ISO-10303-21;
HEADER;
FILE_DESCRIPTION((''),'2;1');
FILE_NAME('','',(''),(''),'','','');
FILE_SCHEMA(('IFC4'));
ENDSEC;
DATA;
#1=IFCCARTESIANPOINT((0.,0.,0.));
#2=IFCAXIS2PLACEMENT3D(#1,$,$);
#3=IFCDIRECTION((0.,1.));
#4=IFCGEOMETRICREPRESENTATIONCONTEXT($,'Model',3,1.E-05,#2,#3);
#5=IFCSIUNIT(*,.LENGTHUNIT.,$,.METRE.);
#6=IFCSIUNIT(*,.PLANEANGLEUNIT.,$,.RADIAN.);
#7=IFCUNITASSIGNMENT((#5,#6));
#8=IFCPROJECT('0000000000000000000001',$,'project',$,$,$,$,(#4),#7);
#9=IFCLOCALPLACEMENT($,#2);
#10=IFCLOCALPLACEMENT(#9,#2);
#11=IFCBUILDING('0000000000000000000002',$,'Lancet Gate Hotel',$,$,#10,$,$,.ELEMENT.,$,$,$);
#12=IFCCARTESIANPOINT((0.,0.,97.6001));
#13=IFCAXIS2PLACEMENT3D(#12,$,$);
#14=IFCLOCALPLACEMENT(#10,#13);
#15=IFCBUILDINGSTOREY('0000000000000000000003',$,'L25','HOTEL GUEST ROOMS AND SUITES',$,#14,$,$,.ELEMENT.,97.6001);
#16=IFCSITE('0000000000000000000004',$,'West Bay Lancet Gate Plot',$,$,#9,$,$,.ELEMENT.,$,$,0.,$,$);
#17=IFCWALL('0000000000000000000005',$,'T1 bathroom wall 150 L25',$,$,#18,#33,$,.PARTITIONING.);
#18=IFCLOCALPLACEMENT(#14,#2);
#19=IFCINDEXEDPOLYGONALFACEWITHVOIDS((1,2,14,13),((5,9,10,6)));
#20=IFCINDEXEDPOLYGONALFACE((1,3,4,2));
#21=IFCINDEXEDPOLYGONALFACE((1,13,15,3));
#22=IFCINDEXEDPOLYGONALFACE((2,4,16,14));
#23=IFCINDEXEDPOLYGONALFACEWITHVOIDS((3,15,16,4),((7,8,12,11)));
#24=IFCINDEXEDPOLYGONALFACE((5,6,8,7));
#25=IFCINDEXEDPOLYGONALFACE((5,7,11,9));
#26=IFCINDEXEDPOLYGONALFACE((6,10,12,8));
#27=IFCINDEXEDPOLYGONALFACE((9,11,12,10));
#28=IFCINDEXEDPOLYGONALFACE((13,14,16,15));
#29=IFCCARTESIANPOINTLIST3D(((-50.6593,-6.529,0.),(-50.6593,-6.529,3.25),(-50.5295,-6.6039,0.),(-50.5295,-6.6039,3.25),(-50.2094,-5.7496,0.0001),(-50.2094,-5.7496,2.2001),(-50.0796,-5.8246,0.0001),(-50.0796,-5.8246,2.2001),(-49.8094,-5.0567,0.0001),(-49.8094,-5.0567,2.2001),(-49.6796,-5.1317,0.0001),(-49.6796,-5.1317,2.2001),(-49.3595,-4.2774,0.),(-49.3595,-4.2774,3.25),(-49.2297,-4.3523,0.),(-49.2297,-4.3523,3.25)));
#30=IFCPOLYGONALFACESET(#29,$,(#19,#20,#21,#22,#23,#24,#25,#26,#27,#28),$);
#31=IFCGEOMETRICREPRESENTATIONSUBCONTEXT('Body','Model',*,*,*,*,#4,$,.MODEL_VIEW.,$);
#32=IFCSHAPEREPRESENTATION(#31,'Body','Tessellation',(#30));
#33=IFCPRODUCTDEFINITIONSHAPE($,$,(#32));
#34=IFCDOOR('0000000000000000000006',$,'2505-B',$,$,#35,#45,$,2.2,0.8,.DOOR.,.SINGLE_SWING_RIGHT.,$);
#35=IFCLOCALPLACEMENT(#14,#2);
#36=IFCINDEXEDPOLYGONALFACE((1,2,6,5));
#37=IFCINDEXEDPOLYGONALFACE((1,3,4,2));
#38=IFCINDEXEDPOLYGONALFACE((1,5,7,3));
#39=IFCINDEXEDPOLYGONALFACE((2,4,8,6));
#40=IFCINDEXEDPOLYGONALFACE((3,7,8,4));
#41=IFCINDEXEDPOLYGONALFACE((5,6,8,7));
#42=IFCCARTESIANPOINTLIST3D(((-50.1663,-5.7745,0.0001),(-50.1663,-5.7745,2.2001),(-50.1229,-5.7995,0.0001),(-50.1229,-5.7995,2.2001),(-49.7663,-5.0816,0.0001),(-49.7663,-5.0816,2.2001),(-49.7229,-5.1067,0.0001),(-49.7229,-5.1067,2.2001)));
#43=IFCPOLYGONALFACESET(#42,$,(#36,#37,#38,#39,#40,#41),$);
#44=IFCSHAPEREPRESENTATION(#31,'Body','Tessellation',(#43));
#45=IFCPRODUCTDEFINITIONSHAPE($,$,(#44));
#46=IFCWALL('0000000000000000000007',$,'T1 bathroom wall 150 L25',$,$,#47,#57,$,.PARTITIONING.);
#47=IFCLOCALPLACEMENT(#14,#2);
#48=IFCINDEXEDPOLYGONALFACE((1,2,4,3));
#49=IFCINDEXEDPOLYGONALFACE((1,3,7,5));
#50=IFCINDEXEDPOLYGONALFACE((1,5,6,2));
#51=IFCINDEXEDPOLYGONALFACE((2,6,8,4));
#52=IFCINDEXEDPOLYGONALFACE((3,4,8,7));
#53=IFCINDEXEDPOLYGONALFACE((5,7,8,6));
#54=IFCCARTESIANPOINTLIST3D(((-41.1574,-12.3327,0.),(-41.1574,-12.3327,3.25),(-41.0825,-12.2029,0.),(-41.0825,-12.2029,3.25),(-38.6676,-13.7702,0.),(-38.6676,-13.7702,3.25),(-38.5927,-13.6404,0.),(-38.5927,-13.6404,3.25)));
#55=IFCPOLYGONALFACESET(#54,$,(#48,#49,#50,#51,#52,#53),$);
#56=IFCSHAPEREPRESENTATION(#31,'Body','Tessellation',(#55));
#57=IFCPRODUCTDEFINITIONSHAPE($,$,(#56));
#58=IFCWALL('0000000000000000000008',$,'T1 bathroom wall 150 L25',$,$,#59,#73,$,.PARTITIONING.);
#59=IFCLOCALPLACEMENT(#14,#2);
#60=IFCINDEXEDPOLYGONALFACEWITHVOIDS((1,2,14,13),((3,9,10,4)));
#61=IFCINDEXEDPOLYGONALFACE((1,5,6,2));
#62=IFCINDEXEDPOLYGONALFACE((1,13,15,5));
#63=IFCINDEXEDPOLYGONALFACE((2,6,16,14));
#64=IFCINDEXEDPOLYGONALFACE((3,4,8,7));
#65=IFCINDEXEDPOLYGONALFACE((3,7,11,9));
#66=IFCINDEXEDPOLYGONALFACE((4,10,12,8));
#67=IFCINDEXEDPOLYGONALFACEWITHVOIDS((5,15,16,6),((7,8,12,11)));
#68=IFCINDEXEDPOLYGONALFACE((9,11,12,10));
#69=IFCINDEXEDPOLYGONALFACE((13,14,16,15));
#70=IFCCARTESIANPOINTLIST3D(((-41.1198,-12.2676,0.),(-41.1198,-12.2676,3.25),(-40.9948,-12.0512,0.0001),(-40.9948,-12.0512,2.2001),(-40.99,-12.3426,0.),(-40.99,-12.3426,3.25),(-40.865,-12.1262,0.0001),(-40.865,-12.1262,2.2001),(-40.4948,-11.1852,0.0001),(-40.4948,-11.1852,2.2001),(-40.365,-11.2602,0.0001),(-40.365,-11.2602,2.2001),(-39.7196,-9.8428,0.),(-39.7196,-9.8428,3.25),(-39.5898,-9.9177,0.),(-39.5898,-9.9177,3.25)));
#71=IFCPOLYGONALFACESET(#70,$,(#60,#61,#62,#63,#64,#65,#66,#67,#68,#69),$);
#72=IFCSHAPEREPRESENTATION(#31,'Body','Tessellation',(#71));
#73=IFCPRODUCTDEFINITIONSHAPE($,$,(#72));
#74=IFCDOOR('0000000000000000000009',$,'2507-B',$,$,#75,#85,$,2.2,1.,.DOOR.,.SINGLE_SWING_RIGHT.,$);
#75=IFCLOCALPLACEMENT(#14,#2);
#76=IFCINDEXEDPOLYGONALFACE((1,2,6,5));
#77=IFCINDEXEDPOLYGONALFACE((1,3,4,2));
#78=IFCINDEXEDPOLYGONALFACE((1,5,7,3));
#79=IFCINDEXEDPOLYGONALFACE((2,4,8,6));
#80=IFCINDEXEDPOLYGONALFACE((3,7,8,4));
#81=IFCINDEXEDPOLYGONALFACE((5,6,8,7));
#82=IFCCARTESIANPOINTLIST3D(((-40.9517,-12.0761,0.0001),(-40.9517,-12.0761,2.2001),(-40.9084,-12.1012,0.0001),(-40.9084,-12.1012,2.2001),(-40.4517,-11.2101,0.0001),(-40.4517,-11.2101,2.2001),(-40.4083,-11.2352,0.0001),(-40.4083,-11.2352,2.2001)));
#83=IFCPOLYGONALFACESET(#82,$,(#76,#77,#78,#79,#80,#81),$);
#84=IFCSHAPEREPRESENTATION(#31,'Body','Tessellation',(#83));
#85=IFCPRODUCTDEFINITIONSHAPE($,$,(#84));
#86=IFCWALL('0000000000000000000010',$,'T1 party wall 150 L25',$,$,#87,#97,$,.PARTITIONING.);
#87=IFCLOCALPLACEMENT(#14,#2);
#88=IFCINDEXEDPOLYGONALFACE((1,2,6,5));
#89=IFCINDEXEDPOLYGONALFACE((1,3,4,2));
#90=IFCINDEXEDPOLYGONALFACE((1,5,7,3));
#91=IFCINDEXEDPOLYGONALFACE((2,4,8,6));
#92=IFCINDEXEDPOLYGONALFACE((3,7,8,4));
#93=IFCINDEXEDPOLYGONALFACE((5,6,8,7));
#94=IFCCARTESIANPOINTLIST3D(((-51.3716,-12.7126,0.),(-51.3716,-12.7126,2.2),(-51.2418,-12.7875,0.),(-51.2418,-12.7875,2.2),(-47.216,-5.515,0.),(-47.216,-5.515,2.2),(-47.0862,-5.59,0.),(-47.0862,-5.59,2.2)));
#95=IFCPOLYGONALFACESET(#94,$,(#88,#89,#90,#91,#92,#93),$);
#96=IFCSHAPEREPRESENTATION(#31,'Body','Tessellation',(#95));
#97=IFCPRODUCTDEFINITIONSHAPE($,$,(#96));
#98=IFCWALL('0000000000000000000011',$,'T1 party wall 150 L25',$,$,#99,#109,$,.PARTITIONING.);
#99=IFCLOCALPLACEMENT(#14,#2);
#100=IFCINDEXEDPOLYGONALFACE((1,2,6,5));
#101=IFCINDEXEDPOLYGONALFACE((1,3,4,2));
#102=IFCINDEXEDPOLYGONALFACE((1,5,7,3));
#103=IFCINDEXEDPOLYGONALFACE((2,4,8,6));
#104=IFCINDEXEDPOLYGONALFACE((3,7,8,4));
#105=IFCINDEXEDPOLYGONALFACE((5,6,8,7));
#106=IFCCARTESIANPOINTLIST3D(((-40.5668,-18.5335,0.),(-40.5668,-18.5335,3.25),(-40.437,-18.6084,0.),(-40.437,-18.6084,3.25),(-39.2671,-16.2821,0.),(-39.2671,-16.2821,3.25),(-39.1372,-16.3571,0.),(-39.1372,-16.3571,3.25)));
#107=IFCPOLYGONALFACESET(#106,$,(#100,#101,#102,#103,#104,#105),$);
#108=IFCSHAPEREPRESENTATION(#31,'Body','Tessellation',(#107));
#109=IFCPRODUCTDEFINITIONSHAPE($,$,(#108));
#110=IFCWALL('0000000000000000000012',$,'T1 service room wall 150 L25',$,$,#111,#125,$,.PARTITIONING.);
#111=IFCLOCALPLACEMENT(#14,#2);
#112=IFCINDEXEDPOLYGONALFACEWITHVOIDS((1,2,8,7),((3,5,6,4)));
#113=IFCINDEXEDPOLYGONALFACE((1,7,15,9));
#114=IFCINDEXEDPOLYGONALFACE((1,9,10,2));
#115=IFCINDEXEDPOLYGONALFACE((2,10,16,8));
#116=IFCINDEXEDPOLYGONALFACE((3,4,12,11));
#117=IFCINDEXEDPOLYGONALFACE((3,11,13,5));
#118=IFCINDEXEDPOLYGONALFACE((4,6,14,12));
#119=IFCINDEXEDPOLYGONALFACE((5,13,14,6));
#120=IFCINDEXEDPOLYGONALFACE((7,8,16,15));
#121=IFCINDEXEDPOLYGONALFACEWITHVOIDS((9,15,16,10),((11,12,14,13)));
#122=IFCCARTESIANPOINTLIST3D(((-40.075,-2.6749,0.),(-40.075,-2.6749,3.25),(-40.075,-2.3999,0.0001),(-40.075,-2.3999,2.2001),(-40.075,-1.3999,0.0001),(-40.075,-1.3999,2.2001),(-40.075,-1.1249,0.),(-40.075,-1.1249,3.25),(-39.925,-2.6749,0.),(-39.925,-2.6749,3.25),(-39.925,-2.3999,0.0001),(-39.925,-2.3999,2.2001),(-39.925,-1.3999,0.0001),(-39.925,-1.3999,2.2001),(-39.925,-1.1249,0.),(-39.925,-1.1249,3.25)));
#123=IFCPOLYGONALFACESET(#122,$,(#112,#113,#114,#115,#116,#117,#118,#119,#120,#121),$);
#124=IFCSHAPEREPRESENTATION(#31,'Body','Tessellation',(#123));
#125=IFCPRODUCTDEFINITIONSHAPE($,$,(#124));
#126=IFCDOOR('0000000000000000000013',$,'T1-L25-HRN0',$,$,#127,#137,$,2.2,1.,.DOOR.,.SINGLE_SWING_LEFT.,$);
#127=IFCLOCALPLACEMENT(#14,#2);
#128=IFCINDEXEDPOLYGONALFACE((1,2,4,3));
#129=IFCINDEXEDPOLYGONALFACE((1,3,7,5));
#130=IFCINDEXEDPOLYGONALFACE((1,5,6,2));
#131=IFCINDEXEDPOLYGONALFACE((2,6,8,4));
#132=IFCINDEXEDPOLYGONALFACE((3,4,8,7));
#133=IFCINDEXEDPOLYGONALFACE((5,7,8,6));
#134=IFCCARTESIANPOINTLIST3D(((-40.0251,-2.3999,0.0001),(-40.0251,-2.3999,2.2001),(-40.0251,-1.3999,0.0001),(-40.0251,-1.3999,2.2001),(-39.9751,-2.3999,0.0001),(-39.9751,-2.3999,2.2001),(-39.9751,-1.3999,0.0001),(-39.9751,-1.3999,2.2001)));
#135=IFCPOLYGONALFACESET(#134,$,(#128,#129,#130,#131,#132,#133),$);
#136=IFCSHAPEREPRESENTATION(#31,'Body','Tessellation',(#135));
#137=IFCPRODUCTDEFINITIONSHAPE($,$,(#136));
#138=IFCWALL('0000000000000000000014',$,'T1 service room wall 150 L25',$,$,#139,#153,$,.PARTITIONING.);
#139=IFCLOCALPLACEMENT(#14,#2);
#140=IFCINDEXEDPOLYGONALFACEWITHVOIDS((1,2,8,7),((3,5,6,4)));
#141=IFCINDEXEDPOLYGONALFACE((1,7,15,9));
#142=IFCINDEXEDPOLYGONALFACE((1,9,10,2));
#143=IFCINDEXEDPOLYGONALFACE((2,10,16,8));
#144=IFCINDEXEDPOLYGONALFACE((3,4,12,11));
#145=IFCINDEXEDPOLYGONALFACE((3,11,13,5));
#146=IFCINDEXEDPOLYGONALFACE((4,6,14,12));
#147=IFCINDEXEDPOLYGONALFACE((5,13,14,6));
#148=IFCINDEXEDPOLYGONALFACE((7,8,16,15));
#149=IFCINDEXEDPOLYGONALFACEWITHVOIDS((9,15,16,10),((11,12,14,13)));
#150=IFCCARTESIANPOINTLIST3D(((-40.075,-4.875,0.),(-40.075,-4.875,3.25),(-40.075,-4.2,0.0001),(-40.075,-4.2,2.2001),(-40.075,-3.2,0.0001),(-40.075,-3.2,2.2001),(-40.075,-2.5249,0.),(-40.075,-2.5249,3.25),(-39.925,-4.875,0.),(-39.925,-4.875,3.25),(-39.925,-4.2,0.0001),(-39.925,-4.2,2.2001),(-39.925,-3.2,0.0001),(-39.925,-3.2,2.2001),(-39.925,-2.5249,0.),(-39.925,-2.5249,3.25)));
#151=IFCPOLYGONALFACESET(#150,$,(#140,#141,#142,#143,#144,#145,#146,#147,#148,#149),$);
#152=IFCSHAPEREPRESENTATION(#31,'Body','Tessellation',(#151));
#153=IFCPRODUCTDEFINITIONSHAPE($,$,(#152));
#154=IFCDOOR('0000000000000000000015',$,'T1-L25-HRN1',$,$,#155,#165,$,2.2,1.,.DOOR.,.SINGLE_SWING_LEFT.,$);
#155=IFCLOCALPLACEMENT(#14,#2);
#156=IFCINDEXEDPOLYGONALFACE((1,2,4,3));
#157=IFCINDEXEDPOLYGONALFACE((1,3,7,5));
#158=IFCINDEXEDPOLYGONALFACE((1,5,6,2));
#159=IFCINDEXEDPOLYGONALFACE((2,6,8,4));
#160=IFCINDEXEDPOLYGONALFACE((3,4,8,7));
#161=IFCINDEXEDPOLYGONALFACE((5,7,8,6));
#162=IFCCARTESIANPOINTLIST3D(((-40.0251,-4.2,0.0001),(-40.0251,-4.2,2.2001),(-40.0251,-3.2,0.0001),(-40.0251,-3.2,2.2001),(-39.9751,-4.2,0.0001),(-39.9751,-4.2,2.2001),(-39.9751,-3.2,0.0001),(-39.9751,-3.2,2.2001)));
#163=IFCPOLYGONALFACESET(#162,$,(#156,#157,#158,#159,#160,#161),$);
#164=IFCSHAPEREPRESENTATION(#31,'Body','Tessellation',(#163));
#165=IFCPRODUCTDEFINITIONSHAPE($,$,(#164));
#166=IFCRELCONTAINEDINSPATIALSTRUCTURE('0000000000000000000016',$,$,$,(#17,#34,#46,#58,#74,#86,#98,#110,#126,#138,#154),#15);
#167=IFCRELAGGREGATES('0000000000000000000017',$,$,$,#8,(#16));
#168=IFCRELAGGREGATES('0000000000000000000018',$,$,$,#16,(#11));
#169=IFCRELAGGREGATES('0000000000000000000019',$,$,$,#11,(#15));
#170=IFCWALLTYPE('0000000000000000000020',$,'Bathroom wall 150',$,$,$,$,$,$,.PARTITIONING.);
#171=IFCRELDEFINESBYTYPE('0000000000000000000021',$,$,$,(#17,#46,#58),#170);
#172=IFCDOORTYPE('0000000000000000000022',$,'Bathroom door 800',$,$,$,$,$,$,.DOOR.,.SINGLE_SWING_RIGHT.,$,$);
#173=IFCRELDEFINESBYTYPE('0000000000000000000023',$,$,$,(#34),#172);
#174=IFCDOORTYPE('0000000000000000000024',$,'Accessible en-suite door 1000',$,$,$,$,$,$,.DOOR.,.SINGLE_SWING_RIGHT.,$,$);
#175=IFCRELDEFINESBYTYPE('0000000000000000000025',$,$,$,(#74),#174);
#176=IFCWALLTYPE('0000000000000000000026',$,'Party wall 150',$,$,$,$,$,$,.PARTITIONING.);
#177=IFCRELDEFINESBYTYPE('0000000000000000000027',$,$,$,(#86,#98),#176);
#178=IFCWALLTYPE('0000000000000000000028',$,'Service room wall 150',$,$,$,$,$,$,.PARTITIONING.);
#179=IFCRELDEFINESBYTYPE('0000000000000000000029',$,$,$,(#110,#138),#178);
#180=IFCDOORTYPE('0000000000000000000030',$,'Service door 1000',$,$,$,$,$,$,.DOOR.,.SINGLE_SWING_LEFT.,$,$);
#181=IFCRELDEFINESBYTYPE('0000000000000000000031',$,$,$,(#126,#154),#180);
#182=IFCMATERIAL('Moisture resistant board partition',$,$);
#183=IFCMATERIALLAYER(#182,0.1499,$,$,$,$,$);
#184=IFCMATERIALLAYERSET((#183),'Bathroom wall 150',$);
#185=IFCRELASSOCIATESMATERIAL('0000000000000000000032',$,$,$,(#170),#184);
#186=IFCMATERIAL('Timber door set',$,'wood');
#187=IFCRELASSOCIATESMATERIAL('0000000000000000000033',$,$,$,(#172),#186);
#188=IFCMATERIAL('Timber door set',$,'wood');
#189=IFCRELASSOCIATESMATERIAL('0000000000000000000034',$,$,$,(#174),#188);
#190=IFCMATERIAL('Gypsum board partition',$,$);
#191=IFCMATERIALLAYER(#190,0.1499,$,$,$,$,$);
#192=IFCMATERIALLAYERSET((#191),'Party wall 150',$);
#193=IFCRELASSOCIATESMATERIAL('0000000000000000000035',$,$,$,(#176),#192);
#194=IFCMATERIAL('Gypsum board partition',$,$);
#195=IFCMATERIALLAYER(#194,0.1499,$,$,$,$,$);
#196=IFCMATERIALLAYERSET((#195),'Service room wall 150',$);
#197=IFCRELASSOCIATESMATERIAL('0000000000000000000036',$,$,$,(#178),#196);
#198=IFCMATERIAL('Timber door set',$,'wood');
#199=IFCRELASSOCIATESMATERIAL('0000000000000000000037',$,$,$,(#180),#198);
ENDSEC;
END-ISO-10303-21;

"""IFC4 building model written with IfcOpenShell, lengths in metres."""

from ifc_helpers import new_model, si_unit, direction, frame, frame_2d, origin, place, context, subcontext, project, spatial, rectangle, extrude, material, layer, layer_set, type_object, element, fill, save


model = new_model("IFC4")

# Units and contexts
model_context = context("Model", 3, precision=1e-05, world=origin(), true_north=direction((0.0, 1.0)))
body_context = subcontext(model_context, "Body", "Model", "MODEL_VIEW")
ifc_project = project(units=[si_unit("LENGTHUNIT", "METRE"), si_unit("PLANEANGLEUNIT", "RADIAN")], contexts=[model_context])

# Site, building, storey
site_placement = place(None, origin())
site = spatial("IfcSite", under=ifc_project, at=site_placement, Name="West Bay Lancet Gate Plot", CompositionType="ELEMENT", RefElevation=0.0)
building_placement = place(site_placement, origin())
building = spatial("IfcBuilding", under=site, at=building_placement, Name="Lancet Gate Hotel", CompositionType="ELEMENT")
storey_placement = place(building_placement, frame((0.0, 0.0, 97.6001)))
storey = spatial("IfcBuildingStorey", under=building, at=storey_placement, Name="L25", Description="HOTEL GUEST ROOMS AND SUITES", CompositionType="ELEMENT", Elevation=97.6001)

# Shared definitions
ifc_material_1 = material(Name="Moisture resistant board partition")
ifc_layer_1 = layer(ifc_material_1, 0.1499)
ifc_layer_set_1 = layer_set([ifc_layer_1], Name="Bathroom wall 150")
wall_type_1 = type_object("IfcWallType", Name="Bathroom wall 150", PredefinedType="PARTITIONING", material=ifc_layer_set_1)

# Wall, opening, door
wall_1_placement = place(storey_placement, frame((-49.2947, -4.3149, 0.0), z_axis=(0.0, 0.0, 1.0), x_axis=(-0.499937, -0.866062, 0.0)))
wall_1 = element("IfcWall", 1, at=wall_1_placement, inside=storey, type_object=wall_type_1, Name="T1 bathroom wall 150 L25", PredefinedType="PARTITIONING", context=body_context, shape_type="SweptSolid", body=[
    extrude(rectangle(XDim=2.5999, YDim=0.1499, at=frame_2d((1.2998, 0.0))), origin(), (0.0, 0.0, 1.0), 3.25),
])
opening_1_placement = place(wall_1_placement, frame((0.8999, 0.0, 0.0)))
opening_1 = element("IfcOpeningElement", 2, at=opening_1_placement, cuts=wall_1, PredefinedType="OPENING", context=body_context, shape_type="SweptSolid", body=[
    extrude(rectangle(XDim=0.8, YDim=2.2, at=frame_2d((0.3999, 1.1001))), frame((0.0, 0.085, 0.0), z_axis=(0.0, -1.0, 0.0), x_axis=(1.0, 0.0, 0.0)), (0.0, 0.0, 1.0), 0.1699),
])
ifc_material_2 = material(Name="Timber door set", Category="wood")
door_type_1 = type_object("IfcDoorType", Name="Bathroom door 800", OperationType="SINGLE_SWING_RIGHT", PredefinedType="DOOR", material=ifc_material_2)
door_1_placement = place(opening_1_placement, origin())
door_1 = element("IfcDoor", 3, at=door_1_placement, inside=storey, type_object=door_type_1, Name="2505-B", OperationType="SINGLE_SWING_RIGHT", OverallHeight=2.2, OverallWidth=0.8, PredefinedType="DOOR", context=body_context, shape_type="SweptSolid", body=[
    extrude(rectangle(XDim=0.8, YDim=2.2, at=frame_2d((0.3999, 1.1001))), frame((0.0, 0.0249, 0.0), z_axis=(0.0, -1.0, 0.0), x_axis=(1.0, 0.0, 0.0)), (0.0, 0.0, 1.0), 0.05),
])
fill(opening_1, door_1)

# Wall
wall_2_placement = place(storey_placement, frame((-38.6301, -13.7053, 0.0), z_axis=(0.0, 0.0, 1.0), x_axis=(-0.866019, 0.500012, 0.0)))
element("IfcWall", 4, at=wall_2_placement, inside=storey, type_object=wall_type_1, Name="T1 bathroom wall 150 L25", PredefinedType="PARTITIONING", context=body_context, shape_type="SweptSolid", body=[
    extrude(rectangle(XDim=2.875, YDim=0.1499, at=frame_2d((1.4375, 0.0))), origin(), (0.0, 0.0, 1.0), 3.25),
])

# Wall, opening, door
wall_3_placement = place(storey_placement, frame((-39.6548, -9.8804, 0.0), z_axis=(0.0, 0.0, 1.0), x_axis=(-0.50005, -0.865997, 0.0)))
wall_3 = element("IfcWall", 5, at=wall_3_placement, inside=storey, type_object=wall_type_1, Name="T1 bathroom wall 150 L25", PredefinedType="PARTITIONING", context=body_context, shape_type="SweptSolid", body=[
    extrude(rectangle(XDim=2.8, YDim=0.1499, at=frame_2d((1.3999, 0.0))), origin(), (0.0, 0.0, 1.0), 3.25),
])
opening_2_placement = place(wall_3_placement, frame((1.55, 0.0, 0.0)))
opening_2 = element("IfcOpeningElement", 6, at=opening_2_placement, cuts=wall_3, PredefinedType="OPENING", context=body_context, shape_type="SweptSolid", body=[
    extrude(rectangle(XDim=1.0, YDim=2.2, at=frame_2d((0.5, 1.1001))), frame((0.0, 0.085, 0.0), z_axis=(0.0, -1.0, 0.0), x_axis=(1.0, 0.0, 0.0)), (0.0, 0.0, 1.0), 0.1699),
])
ifc_material_3 = material(Name="Timber door set", Category="wood")
door_type_2 = type_object("IfcDoorType", Name="Accessible en-suite door 1000", OperationType="SINGLE_SWING_RIGHT", PredefinedType="DOOR", material=ifc_material_3)
door_2_placement = place(opening_2_placement, origin())
door_2 = element("IfcDoor", 7, at=door_2_placement, inside=storey, type_object=door_type_2, Name="2507-B", OperationType="SINGLE_SWING_RIGHT", OverallHeight=2.2, OverallWidth=1.0, PredefinedType="DOOR", context=body_context, shape_type="SweptSolid", body=[
    extrude(rectangle(XDim=1.0, YDim=2.2, at=frame_2d((0.5, 1.1001))), frame((0.0, 0.0249, 0.0), z_axis=(0.0, -1.0, 0.0), x_axis=(1.0, 0.0, 0.0)), (0.0, 0.0, 1.0), 0.05),
])
fill(opening_2, door_2)

# Walls
ifc_material_4 = material(Name="Gypsum board partition")
ifc_layer_2 = layer(ifc_material_4, 0.1499)
ifc_layer_set_2 = layer_set([ifc_layer_2], Name="Party wall 150")
wall_type_2 = type_object("IfcWallType", Name="Party wall 150", PredefinedType="PARTITIONING", material=ifc_layer_set_2)
wall_4_placement = place(storey_placement, frame((-47.1511, -5.5525, 0.0), z_axis=(0.0, 0.0, 1.0), x_axis=(-0.500003, -0.866024, 0.0)))
element("IfcWall", 8, at=wall_4_placement, inside=storey, type_object=wall_type_2, Name="T1 party wall 150 L25", PredefinedType="PARTITIONING", context=body_context, shape_type="SweptSolid", body=[
    extrude(rectangle(XDim=8.311, YDim=0.1499, at=frame_2d((4.1555, 0.0))), origin(), (0.0, 0.0, 1.0), 2.2),
])
wall_5_placement = place(storey_placement, frame((-39.2021, -16.3196, 0.0), z_axis=(0.0, 0.0, 1.0), x_axis=(-0.499977, -0.866039, 0.0)))
element("IfcWall", 9, at=wall_5_placement, inside=storey, type_object=wall_type_2, Name="T1 party wall 150 L25", PredefinedType="PARTITIONING", context=body_context, shape_type="SweptSolid", body=[
    extrude(rectangle(XDim=2.5996, YDim=0.1499, at=frame_2d((1.2998, 0.0))), origin(), (0.0, 0.0, 1.0), 3.25),
])

# Walls, openings, doors
ifc_material_5 = material(Name="Gypsum board partition")
ifc_layer_3 = layer(ifc_material_5, 0.1499)
ifc_layer_set_3 = layer_set([ifc_layer_3], Name="Service room wall 150")
wall_type_3 = type_object("IfcWallType", Name="Service room wall 150", PredefinedType="PARTITIONING", material=ifc_layer_set_3)
wall_6_placement = place(storey_placement, frame((-40.0, -1.125, 0.0), z_axis=(0.0, 0.0, 1.0), x_axis=(0.0, -1.0, 0.0)))
wall_6 = element("IfcWall", 10, at=wall_6_placement, inside=storey, type_object=wall_type_3, Name="T1 service room wall 150 L25", PredefinedType="PARTITIONING", context=body_context, shape_type="SweptSolid", body=[
    extrude(rectangle(XDim=1.55, YDim=0.1499, at=frame_2d((0.7749, 0.0))), origin(), (0.0, 0.0, 1.0), 3.25),
])
opening_3_placement = place(wall_6_placement, frame((0.2749, 0.0, 0.0)))
opening_3 = element("IfcOpeningElement", 11, at=opening_3_placement, cuts=wall_6, PredefinedType="OPENING", context=body_context, shape_type="SweptSolid", body=[
    extrude(rectangle(XDim=1.0, YDim=2.2, at=frame_2d((0.5, 1.1001))), frame((0.0, 0.085, 0.0), z_axis=(0.0, -1.0, 0.0), x_axis=(1.0, 0.0, 0.0)), (0.0, 0.0, 1.0), 0.1699),
])
ifc_material_6 = material(Name="Timber door set", Category="wood")
door_type_3 = type_object("IfcDoorType", Name="Service door 1000", OperationType="SINGLE_SWING_LEFT", PredefinedType="DOOR", material=ifc_material_6)
door_3_placement = place(opening_3_placement, origin())
door_3 = element("IfcDoor", 12, at=door_3_placement, inside=storey, type_object=door_type_3, Name="T1-L25-HRN0", OperationType="SINGLE_SWING_LEFT", OverallHeight=2.2, OverallWidth=1.0, PredefinedType="DOOR", context=body_context, shape_type="SweptSolid", body=[
    extrude(rectangle(XDim=1.0, YDim=2.2, at=frame_2d((0.5, 1.1001))), frame((0.0, 0.0249, 0.0), z_axis=(0.0, -1.0, 0.0), x_axis=(1.0, 0.0, 0.0)), (0.0, 0.0, 1.0), 0.05),
])
fill(opening_3, door_3)
wall_7_placement = place(storey_placement, frame((-40.0, -2.5249, 0.0), z_axis=(0.0, 0.0, 1.0), x_axis=(0.0, -1.0, 0.0)))
wall_7 = element("IfcWall", 13, at=wall_7_placement, inside=storey, type_object=wall_type_3, Name="T1 service room wall 150 L25", PredefinedType="PARTITIONING", context=body_context, shape_type="SweptSolid", body=[
    extrude(rectangle(XDim=2.3501, YDim=0.1499, at=frame_2d((1.175, 0.0))), origin(), (0.0, 0.0, 1.0), 3.25),
])
opening_4_placement = place(wall_7_placement, frame((0.675, 0.0, 0.0)))
opening_4 = element("IfcOpeningElement", 14, at=opening_4_placement, cuts=wall_7, PredefinedType="OPENING", context=body_context, shape_type="SweptSolid", body=[
    extrude(rectangle(XDim=1.0, YDim=2.2, at=frame_2d((0.5, 1.1001))), frame((0.0, 0.085, 0.0), z_axis=(0.0, -1.0, 0.0), x_axis=(1.0, 0.0, 0.0)), (0.0, 0.0, 1.0), 0.1699),
])
door_4_placement = place(opening_4_placement, origin())
door_4 = element("IfcDoor", 15, at=door_4_placement, inside=storey, type_object=door_type_3, Name="T1-L25-HRN1", OperationType="SINGLE_SWING_LEFT", OverallHeight=2.2, OverallWidth=1.0, PredefinedType="DOOR", context=body_context, shape_type="SweptSolid", body=[
    extrude(rectangle(XDim=1.0, YDim=2.2, at=frame_2d((0.5, 1.1001))), frame((0.0, 0.0249, 0.0), z_axis=(0.0, -1.0, 0.0), x_axis=(1.0, 0.0, 0.0)), (0.0, 0.0, 1.0), 0.05),
])
fill(opening_4, door_4)

save(model, "model.ifc")
